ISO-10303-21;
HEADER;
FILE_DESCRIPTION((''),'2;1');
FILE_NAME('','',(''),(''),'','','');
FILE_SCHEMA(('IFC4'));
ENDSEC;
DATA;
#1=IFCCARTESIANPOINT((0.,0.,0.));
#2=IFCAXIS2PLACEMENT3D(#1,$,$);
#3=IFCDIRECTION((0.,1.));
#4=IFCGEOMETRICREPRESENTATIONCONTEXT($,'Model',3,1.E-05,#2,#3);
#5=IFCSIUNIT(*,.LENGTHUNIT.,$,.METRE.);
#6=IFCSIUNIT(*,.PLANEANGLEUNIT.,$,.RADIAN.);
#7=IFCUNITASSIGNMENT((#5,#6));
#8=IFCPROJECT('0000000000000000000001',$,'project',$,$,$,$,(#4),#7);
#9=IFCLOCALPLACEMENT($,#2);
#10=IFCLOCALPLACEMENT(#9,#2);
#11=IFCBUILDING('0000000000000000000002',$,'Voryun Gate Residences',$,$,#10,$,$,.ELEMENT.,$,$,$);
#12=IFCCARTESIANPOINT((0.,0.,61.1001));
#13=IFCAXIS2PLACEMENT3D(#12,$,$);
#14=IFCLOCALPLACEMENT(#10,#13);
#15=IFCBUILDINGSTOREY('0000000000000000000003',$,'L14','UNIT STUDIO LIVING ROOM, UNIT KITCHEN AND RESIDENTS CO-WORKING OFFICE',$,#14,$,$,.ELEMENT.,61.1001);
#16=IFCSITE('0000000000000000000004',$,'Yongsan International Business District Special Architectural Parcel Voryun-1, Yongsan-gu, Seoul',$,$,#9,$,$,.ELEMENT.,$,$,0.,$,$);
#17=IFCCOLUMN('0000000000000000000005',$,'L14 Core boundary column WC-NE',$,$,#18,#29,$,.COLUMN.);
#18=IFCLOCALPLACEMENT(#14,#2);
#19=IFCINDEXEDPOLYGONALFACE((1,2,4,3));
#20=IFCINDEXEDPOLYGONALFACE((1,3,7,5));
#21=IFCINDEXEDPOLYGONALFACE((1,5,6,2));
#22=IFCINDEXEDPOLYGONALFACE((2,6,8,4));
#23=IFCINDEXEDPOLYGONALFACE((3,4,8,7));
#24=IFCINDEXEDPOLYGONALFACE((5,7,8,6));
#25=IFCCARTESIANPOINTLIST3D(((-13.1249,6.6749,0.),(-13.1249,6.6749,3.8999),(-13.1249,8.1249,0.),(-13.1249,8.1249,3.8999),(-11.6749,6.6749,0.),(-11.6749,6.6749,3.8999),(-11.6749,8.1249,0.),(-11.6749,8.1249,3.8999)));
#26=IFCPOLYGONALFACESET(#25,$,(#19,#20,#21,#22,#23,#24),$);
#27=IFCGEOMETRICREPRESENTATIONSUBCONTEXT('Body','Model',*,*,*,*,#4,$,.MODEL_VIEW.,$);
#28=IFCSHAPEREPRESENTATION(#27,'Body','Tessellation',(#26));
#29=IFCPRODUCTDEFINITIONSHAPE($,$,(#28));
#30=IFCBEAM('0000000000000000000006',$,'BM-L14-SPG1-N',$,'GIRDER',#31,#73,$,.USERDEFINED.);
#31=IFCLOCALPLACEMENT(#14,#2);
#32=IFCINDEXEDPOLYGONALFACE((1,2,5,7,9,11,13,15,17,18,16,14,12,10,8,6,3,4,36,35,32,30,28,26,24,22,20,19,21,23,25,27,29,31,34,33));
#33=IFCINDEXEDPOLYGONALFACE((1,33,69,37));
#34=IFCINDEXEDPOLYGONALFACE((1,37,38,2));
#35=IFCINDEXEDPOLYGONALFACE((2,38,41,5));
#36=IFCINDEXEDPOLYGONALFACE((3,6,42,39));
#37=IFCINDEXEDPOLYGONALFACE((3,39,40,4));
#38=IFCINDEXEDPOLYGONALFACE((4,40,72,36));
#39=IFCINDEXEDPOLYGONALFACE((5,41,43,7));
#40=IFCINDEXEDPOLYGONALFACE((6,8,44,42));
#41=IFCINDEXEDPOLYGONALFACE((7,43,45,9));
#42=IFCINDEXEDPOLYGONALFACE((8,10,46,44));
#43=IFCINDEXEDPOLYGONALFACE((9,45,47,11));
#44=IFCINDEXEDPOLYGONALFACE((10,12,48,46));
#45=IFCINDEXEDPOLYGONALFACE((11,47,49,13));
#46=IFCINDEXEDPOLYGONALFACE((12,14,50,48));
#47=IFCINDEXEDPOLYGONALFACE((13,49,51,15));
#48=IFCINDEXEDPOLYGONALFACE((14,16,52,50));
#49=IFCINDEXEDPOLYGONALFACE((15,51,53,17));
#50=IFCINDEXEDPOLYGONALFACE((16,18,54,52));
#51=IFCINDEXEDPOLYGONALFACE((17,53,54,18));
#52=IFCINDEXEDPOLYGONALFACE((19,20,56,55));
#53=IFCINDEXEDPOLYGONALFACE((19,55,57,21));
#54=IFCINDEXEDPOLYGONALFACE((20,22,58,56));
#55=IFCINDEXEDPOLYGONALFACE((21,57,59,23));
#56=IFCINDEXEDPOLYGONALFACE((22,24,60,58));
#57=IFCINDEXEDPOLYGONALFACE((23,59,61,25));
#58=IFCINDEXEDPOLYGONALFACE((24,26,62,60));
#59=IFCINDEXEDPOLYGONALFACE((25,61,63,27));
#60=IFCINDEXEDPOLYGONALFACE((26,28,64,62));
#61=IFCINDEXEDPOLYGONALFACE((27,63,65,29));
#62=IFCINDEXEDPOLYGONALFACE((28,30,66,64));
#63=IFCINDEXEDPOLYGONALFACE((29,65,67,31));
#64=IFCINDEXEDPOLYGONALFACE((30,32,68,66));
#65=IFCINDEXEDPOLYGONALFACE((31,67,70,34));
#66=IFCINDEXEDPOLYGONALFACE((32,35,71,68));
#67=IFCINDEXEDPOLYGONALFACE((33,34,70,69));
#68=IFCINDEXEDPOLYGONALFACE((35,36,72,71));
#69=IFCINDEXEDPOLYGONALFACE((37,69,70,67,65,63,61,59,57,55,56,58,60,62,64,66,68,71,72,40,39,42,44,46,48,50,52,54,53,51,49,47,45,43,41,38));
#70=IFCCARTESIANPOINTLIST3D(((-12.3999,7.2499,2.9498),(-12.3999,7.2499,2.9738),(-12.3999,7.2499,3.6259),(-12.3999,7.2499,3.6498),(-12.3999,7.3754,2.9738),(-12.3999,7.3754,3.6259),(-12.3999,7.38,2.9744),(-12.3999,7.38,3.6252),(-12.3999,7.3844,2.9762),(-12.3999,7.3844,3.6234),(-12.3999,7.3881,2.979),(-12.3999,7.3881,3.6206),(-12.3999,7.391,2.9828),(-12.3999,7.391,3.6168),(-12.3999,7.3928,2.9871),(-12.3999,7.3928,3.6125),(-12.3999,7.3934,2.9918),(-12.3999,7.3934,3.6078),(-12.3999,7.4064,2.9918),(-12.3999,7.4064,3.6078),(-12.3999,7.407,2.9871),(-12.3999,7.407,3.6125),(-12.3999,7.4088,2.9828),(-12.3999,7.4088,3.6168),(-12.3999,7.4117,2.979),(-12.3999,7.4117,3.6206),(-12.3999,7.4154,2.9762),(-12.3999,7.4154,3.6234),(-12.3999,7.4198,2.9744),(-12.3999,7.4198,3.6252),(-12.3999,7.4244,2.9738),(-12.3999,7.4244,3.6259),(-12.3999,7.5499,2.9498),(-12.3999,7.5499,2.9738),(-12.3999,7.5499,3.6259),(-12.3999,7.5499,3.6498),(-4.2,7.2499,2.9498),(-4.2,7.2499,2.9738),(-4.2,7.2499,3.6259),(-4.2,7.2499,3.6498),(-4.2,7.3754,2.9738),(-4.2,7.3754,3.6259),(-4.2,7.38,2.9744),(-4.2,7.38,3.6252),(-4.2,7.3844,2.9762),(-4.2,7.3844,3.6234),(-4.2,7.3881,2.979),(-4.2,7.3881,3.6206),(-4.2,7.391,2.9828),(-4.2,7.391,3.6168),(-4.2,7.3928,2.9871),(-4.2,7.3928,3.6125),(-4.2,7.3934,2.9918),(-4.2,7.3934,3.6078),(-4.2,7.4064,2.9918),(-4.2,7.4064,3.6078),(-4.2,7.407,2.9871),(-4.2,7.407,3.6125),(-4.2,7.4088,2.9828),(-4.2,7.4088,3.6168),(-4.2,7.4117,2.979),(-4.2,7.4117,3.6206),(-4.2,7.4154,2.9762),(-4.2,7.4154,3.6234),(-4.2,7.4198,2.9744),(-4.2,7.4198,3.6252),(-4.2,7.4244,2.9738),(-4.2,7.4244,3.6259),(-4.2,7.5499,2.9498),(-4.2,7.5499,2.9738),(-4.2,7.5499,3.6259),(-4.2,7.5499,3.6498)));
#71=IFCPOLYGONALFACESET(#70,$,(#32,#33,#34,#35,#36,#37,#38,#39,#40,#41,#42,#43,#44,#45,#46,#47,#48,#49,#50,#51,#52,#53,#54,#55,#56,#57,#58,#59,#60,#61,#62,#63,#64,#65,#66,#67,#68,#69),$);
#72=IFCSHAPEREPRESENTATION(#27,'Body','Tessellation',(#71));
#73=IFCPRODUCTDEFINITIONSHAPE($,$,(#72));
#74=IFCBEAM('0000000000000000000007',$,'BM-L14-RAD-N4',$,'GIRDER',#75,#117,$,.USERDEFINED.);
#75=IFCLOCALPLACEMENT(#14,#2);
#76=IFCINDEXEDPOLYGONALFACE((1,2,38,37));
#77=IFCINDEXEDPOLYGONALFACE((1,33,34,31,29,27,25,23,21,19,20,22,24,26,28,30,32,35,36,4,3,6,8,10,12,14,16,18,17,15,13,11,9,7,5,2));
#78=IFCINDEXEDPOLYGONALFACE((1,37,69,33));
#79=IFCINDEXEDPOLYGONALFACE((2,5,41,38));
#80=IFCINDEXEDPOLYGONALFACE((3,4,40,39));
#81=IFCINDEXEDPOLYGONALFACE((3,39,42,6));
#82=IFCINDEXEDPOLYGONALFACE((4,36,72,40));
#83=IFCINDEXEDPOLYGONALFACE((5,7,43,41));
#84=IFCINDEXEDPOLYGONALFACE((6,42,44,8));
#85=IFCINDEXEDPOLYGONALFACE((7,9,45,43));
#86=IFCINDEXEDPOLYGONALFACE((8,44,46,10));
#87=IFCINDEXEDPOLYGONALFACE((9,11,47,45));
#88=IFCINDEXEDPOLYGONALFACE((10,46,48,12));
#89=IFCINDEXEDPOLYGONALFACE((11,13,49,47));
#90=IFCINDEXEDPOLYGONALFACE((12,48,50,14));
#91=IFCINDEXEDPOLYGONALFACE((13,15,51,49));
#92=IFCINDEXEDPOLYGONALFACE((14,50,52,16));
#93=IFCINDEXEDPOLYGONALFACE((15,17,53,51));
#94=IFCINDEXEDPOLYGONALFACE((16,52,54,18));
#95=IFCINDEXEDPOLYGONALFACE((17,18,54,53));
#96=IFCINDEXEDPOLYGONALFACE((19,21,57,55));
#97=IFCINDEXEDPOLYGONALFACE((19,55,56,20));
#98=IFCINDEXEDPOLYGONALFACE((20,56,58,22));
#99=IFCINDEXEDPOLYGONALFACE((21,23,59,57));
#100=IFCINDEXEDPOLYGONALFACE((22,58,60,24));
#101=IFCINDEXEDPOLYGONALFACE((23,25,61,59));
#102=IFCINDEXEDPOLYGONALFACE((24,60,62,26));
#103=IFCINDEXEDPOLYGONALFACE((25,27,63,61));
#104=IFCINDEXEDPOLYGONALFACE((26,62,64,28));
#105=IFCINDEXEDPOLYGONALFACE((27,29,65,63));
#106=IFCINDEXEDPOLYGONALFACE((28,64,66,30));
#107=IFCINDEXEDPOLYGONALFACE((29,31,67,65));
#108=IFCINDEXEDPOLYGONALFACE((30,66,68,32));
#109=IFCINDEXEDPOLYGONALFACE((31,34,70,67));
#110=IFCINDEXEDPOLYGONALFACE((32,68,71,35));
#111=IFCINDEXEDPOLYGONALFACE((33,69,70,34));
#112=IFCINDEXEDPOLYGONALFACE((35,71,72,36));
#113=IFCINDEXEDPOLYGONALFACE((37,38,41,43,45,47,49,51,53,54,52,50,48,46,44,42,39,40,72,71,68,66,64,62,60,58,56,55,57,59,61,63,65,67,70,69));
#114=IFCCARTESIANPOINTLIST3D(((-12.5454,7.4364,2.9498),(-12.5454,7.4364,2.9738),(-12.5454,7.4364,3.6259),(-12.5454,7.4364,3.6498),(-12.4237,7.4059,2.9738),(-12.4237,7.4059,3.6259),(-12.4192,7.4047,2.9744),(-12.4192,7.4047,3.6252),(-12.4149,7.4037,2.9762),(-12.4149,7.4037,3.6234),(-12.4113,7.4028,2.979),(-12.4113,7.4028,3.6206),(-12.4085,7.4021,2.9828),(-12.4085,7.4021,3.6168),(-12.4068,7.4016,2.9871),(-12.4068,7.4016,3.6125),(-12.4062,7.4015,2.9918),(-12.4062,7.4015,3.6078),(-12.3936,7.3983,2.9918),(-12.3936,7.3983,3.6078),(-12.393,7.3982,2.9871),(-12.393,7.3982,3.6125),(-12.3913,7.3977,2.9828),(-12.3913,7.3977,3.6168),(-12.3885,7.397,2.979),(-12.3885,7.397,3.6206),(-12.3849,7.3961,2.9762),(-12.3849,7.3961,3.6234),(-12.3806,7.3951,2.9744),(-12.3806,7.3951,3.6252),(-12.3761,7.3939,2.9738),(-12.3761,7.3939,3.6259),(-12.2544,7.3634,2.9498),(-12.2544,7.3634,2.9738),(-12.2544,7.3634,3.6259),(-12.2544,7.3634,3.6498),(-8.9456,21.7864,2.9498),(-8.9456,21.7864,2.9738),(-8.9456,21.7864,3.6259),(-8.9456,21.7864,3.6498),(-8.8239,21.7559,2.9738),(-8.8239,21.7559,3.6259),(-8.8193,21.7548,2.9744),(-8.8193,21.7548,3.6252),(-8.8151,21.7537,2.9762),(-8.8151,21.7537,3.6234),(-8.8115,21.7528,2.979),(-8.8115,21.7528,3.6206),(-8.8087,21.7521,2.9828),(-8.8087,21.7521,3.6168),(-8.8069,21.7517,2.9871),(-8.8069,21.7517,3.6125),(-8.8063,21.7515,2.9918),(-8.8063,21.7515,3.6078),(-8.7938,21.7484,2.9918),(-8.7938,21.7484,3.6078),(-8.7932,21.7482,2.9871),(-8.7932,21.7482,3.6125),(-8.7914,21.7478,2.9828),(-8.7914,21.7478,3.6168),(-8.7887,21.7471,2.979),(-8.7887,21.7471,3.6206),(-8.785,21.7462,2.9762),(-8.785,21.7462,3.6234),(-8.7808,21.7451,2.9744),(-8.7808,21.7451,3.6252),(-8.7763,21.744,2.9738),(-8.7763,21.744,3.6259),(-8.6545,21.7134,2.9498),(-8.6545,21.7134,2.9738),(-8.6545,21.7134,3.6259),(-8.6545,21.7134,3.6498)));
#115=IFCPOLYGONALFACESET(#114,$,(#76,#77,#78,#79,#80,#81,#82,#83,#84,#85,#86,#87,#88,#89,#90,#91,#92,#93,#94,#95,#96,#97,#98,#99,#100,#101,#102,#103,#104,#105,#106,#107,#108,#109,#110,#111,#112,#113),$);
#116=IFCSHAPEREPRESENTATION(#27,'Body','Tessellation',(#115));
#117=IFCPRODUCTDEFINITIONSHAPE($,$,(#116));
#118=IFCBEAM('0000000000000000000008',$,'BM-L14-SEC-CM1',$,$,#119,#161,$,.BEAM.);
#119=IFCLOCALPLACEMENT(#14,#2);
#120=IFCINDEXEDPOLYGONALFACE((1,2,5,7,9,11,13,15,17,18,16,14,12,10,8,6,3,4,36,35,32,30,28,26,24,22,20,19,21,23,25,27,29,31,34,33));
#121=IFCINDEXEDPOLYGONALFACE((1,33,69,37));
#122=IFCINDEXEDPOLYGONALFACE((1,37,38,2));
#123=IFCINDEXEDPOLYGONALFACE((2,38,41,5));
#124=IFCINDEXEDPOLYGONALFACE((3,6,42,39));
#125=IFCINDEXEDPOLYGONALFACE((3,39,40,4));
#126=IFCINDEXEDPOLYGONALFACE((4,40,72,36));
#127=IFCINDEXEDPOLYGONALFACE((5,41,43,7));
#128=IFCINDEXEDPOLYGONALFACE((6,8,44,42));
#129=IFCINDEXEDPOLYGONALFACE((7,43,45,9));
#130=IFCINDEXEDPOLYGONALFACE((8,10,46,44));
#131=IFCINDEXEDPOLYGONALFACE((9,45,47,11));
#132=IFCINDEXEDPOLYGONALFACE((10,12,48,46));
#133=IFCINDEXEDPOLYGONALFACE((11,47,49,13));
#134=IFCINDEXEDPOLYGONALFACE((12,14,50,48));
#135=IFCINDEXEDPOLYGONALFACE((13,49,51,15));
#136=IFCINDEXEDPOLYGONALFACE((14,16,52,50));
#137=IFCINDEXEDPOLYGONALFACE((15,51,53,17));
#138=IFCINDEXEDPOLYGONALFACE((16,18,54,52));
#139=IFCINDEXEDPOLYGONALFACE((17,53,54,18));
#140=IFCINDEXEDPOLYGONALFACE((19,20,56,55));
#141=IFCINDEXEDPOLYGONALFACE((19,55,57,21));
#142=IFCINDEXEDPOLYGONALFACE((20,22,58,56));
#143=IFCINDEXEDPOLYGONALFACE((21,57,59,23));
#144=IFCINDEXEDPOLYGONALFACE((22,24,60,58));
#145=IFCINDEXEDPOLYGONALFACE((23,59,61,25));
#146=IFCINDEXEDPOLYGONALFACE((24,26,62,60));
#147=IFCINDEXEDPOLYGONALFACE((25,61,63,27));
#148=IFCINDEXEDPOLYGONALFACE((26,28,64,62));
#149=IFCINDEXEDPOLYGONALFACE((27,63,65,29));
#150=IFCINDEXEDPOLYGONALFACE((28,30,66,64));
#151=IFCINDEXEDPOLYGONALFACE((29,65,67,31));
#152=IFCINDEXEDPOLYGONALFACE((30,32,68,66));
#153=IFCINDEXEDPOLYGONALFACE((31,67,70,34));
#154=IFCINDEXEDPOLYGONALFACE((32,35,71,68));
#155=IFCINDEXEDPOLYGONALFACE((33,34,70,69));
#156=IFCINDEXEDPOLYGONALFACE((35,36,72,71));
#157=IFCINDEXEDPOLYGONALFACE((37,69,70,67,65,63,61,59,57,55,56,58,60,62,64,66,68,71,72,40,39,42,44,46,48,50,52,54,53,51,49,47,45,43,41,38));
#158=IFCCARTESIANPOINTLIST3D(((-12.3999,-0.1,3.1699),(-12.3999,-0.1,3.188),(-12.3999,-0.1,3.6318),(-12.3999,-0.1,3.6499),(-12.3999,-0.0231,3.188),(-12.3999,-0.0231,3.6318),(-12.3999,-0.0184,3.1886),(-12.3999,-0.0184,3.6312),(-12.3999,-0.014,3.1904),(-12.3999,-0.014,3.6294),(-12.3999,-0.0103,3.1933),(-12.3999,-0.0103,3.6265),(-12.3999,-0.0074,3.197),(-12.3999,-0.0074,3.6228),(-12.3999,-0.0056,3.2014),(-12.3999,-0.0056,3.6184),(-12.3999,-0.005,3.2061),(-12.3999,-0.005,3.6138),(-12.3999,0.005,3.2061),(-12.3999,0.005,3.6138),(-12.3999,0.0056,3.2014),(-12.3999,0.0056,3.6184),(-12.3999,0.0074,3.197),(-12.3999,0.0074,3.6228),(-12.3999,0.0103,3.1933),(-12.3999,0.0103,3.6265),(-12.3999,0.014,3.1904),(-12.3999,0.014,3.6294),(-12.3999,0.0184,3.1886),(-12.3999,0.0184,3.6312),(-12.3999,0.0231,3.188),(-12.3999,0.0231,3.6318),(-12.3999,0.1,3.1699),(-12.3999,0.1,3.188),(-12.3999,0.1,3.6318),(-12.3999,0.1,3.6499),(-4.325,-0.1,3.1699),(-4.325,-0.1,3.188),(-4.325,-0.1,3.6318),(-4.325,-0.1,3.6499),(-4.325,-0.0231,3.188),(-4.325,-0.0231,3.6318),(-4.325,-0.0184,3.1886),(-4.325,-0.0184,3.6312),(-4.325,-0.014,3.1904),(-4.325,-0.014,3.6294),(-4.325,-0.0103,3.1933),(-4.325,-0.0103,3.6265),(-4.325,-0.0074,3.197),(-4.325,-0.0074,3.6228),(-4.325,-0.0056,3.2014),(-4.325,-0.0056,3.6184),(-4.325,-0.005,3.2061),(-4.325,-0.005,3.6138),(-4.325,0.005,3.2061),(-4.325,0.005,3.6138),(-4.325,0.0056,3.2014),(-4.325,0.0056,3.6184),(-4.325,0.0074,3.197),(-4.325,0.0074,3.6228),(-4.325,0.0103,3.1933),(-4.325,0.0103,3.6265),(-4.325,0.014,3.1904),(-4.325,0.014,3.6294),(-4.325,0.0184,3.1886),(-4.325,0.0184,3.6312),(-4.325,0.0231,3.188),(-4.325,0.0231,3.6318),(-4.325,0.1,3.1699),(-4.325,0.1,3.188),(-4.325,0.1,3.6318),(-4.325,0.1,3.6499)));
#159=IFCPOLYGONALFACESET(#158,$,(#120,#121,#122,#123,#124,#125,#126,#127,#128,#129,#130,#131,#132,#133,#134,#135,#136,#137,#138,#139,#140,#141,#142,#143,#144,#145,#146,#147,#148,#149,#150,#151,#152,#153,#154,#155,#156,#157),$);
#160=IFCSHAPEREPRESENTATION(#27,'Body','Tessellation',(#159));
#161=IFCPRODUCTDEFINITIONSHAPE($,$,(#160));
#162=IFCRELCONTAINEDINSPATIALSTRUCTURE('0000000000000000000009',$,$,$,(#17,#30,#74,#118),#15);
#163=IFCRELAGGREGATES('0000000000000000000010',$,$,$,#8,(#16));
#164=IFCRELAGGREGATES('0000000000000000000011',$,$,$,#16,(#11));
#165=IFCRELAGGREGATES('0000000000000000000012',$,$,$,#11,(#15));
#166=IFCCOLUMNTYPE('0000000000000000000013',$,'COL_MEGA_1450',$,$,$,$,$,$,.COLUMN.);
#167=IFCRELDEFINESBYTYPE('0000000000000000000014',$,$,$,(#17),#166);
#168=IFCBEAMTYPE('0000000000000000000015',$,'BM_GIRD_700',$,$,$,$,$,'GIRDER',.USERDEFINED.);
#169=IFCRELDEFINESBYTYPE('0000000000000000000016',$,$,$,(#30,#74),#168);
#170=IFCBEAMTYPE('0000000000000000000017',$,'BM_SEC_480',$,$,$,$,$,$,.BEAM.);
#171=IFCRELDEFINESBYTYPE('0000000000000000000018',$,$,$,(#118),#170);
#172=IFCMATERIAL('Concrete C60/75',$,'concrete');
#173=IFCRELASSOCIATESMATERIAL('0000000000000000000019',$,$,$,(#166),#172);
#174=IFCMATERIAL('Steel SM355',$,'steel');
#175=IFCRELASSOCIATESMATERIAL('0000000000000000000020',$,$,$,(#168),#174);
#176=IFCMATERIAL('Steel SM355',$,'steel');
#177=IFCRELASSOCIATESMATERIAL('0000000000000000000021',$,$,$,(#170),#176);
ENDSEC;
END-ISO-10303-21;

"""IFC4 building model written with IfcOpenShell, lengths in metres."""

from ifc_helpers import new_model, si_unit, direction, frame, origin, origin_2d, place, context, subcontext, project, spatial, rectangle, i_section, extrude, material, material_profile, profile_set, type_object, element, save


model = new_model("IFC4")

# Units and contexts
model_context = context("Model", 3, precision=1e-05, world=origin(), true_north=direction((0.0, 1.0)))
body_context = subcontext(model_context, "Body", "Model", "MODEL_VIEW")
ifc_project = project(units=[si_unit("LENGTHUNIT", "METRE"), si_unit("PLANEANGLEUNIT", "RADIAN")], contexts=[model_context])

# Site, building, storey
site_placement = place(None, origin())
site = spatial("IfcSite", under=ifc_project, at=site_placement, Name="Yongsan International Business District Special Architectural Parcel Voryun-1, Yongsan-gu, Seoul", CompositionType="ELEMENT", RefElevation=0.0)
building_placement = place(site_placement, origin())
building = spatial("IfcBuilding", under=site, at=building_placement, Name="Voryun Gate Residences", CompositionType="ELEMENT")
storey_placement = place(building_placement, frame((0.0, 0.0, 61.1001)))
storey = spatial("IfcBuildingStorey", under=building, at=storey_placement, Name="L14", Description="UNIT STUDIO LIVING ROOM, UNIT KITCHEN AND RESIDENTS CO-WORKING OFFICE", CompositionType="ELEMENT", Elevation=61.1001)

# Column
ifc_material_1 = material(Name="Concrete C60/75", Category="concrete")
ifc_material_profile_1 = material_profile(ifc_material_1, rectangle(XDim=1.45, YDim=1.45, at=origin_2d()), Name="RC-1450x1450")
ifc_profile_set_1 = profile_set([ifc_material_profile_1], Name="Concrete C60/75")
column_type = type_object("IfcColumnType", Name="COL_MEGA_1450", PredefinedType="COLUMN", material=ifc_profile_set_1)
column_placement = place(storey_placement, frame((-12.3999, 7.3999, 0.0), z_axis=(0.0, 0.0, 1.0), x_axis=(1.0, 0.0, 0.0)))
element("IfcColumn", 1, at=column_placement, inside=storey, type_object=column_type, Name="L14 Core boundary column WC-NE", PredefinedType="COLUMN", context=body_context, shape_type="SweptSolid", body=[
    extrude(rectangle(XDim=1.45, YDim=1.45, at=origin_2d()), origin(), (0.0, 0.0, 1.0), 3.8999),
])

# Beams
ifc_material_2 = material(Name="Steel SM355", Category="steel")
ifc_material_profile_2 = material_profile(ifc_material_2, i_section(OverallWidth=0.3, OverallDepth=0.7, WebThickness=0.0129, FlangeThickness=0.0239, FilletRadius=0.0181, at=origin_2d()), Name="H-700x300x13x24")
ifc_profile_set_2 = profile_set([ifc_material_profile_2], Name="Steel SM355")
beam_type_1 = type_object("IfcBeamType", Name="BM_GIRD_700", ElementType="GIRDER", PredefinedType="USERDEFINED", material=ifc_profile_set_2)
beam_1_placement = place(storey_placement, frame((-12.3999, 7.3999, 3.2998), z_axis=(1.0, 0.0, 0.0), x_axis=(0.0, 1.0, 0.0)))
element("IfcBeam", 2, at=beam_1_placement, inside=storey, type_object=beam_type_1, Name="BM-L14-SPG1-N", ObjectType="GIRDER", PredefinedType="USERDEFINED", context=body_context, shape_type="SweptSolid", body=[
    extrude(i_section(OverallWidth=0.3, OverallDepth=0.7, WebThickness=0.0129, FlangeThickness=0.0239, FilletRadius=0.0181, at=origin_2d()), origin(), (0.0, 0.0, 1.0), 8.2),
])
beam_2_placement = place(storey_placement, frame((-12.3999, 7.3999, 3.2998), z_axis=(0.24332, 0.969946, 0.0), x_axis=(-0.969946, 0.24332, 0.0)))
element("IfcBeam", 3, at=beam_2_placement, inside=storey, type_object=beam_type_1, Name="BM-L14-RAD-N4", ObjectType="GIRDER", PredefinedType="USERDEFINED", context=body_context, shape_type="SweptSolid", body=[
    extrude(i_section(OverallWidth=0.3, OverallDepth=0.7, WebThickness=0.0129, FlangeThickness=0.0239, FilletRadius=0.0181, at=origin_2d()), origin(), (0.0, 0.0, 1.0), 14.7947),
])
ifc_material_3 = material(Name="Steel SM355", Category="steel")
ifc_material_profile_3 = material_profile(ifc_material_3, i_section(OverallWidth=0.2, OverallDepth=0.48, WebThickness=0.01, FlangeThickness=0.0181, FilletRadius=0.0181, at=origin_2d()), Name="H-480x200x10x18")
ifc_profile_set_3 = profile_set([ifc_material_profile_3], Name="Steel SM355")
beam_type_2 = type_object("IfcBeamType", Name="BM_SEC_480", PredefinedType="BEAM", material=ifc_profile_set_3)
for number, where, z_axis, x_axis, name in (
    (4, (-12.3999, 0.0, 3.4099), (1.0, 0.0, 0.0), (0.0, 1.0, 0.0), "BM-L14-SEC-CM1"),
):
    element("IfcBeam", number, at=place(storey_placement, frame(where, z_axis=z_axis, x_axis=x_axis)), inside=storey, type_object=beam_type_2, Name=name, PredefinedType="BEAM", context=body_context, shape_type="SweptSolid", body=[
        extrude(i_section(OverallWidth=0.2, OverallDepth=0.48, WebThickness=0.01, FlangeThickness=0.0181, FilletRadius=0.0181, at=origin_2d()), origin(), (0.0, 0.0, 1.0), 8.075),
    ])

save(model, "model.ifc")
